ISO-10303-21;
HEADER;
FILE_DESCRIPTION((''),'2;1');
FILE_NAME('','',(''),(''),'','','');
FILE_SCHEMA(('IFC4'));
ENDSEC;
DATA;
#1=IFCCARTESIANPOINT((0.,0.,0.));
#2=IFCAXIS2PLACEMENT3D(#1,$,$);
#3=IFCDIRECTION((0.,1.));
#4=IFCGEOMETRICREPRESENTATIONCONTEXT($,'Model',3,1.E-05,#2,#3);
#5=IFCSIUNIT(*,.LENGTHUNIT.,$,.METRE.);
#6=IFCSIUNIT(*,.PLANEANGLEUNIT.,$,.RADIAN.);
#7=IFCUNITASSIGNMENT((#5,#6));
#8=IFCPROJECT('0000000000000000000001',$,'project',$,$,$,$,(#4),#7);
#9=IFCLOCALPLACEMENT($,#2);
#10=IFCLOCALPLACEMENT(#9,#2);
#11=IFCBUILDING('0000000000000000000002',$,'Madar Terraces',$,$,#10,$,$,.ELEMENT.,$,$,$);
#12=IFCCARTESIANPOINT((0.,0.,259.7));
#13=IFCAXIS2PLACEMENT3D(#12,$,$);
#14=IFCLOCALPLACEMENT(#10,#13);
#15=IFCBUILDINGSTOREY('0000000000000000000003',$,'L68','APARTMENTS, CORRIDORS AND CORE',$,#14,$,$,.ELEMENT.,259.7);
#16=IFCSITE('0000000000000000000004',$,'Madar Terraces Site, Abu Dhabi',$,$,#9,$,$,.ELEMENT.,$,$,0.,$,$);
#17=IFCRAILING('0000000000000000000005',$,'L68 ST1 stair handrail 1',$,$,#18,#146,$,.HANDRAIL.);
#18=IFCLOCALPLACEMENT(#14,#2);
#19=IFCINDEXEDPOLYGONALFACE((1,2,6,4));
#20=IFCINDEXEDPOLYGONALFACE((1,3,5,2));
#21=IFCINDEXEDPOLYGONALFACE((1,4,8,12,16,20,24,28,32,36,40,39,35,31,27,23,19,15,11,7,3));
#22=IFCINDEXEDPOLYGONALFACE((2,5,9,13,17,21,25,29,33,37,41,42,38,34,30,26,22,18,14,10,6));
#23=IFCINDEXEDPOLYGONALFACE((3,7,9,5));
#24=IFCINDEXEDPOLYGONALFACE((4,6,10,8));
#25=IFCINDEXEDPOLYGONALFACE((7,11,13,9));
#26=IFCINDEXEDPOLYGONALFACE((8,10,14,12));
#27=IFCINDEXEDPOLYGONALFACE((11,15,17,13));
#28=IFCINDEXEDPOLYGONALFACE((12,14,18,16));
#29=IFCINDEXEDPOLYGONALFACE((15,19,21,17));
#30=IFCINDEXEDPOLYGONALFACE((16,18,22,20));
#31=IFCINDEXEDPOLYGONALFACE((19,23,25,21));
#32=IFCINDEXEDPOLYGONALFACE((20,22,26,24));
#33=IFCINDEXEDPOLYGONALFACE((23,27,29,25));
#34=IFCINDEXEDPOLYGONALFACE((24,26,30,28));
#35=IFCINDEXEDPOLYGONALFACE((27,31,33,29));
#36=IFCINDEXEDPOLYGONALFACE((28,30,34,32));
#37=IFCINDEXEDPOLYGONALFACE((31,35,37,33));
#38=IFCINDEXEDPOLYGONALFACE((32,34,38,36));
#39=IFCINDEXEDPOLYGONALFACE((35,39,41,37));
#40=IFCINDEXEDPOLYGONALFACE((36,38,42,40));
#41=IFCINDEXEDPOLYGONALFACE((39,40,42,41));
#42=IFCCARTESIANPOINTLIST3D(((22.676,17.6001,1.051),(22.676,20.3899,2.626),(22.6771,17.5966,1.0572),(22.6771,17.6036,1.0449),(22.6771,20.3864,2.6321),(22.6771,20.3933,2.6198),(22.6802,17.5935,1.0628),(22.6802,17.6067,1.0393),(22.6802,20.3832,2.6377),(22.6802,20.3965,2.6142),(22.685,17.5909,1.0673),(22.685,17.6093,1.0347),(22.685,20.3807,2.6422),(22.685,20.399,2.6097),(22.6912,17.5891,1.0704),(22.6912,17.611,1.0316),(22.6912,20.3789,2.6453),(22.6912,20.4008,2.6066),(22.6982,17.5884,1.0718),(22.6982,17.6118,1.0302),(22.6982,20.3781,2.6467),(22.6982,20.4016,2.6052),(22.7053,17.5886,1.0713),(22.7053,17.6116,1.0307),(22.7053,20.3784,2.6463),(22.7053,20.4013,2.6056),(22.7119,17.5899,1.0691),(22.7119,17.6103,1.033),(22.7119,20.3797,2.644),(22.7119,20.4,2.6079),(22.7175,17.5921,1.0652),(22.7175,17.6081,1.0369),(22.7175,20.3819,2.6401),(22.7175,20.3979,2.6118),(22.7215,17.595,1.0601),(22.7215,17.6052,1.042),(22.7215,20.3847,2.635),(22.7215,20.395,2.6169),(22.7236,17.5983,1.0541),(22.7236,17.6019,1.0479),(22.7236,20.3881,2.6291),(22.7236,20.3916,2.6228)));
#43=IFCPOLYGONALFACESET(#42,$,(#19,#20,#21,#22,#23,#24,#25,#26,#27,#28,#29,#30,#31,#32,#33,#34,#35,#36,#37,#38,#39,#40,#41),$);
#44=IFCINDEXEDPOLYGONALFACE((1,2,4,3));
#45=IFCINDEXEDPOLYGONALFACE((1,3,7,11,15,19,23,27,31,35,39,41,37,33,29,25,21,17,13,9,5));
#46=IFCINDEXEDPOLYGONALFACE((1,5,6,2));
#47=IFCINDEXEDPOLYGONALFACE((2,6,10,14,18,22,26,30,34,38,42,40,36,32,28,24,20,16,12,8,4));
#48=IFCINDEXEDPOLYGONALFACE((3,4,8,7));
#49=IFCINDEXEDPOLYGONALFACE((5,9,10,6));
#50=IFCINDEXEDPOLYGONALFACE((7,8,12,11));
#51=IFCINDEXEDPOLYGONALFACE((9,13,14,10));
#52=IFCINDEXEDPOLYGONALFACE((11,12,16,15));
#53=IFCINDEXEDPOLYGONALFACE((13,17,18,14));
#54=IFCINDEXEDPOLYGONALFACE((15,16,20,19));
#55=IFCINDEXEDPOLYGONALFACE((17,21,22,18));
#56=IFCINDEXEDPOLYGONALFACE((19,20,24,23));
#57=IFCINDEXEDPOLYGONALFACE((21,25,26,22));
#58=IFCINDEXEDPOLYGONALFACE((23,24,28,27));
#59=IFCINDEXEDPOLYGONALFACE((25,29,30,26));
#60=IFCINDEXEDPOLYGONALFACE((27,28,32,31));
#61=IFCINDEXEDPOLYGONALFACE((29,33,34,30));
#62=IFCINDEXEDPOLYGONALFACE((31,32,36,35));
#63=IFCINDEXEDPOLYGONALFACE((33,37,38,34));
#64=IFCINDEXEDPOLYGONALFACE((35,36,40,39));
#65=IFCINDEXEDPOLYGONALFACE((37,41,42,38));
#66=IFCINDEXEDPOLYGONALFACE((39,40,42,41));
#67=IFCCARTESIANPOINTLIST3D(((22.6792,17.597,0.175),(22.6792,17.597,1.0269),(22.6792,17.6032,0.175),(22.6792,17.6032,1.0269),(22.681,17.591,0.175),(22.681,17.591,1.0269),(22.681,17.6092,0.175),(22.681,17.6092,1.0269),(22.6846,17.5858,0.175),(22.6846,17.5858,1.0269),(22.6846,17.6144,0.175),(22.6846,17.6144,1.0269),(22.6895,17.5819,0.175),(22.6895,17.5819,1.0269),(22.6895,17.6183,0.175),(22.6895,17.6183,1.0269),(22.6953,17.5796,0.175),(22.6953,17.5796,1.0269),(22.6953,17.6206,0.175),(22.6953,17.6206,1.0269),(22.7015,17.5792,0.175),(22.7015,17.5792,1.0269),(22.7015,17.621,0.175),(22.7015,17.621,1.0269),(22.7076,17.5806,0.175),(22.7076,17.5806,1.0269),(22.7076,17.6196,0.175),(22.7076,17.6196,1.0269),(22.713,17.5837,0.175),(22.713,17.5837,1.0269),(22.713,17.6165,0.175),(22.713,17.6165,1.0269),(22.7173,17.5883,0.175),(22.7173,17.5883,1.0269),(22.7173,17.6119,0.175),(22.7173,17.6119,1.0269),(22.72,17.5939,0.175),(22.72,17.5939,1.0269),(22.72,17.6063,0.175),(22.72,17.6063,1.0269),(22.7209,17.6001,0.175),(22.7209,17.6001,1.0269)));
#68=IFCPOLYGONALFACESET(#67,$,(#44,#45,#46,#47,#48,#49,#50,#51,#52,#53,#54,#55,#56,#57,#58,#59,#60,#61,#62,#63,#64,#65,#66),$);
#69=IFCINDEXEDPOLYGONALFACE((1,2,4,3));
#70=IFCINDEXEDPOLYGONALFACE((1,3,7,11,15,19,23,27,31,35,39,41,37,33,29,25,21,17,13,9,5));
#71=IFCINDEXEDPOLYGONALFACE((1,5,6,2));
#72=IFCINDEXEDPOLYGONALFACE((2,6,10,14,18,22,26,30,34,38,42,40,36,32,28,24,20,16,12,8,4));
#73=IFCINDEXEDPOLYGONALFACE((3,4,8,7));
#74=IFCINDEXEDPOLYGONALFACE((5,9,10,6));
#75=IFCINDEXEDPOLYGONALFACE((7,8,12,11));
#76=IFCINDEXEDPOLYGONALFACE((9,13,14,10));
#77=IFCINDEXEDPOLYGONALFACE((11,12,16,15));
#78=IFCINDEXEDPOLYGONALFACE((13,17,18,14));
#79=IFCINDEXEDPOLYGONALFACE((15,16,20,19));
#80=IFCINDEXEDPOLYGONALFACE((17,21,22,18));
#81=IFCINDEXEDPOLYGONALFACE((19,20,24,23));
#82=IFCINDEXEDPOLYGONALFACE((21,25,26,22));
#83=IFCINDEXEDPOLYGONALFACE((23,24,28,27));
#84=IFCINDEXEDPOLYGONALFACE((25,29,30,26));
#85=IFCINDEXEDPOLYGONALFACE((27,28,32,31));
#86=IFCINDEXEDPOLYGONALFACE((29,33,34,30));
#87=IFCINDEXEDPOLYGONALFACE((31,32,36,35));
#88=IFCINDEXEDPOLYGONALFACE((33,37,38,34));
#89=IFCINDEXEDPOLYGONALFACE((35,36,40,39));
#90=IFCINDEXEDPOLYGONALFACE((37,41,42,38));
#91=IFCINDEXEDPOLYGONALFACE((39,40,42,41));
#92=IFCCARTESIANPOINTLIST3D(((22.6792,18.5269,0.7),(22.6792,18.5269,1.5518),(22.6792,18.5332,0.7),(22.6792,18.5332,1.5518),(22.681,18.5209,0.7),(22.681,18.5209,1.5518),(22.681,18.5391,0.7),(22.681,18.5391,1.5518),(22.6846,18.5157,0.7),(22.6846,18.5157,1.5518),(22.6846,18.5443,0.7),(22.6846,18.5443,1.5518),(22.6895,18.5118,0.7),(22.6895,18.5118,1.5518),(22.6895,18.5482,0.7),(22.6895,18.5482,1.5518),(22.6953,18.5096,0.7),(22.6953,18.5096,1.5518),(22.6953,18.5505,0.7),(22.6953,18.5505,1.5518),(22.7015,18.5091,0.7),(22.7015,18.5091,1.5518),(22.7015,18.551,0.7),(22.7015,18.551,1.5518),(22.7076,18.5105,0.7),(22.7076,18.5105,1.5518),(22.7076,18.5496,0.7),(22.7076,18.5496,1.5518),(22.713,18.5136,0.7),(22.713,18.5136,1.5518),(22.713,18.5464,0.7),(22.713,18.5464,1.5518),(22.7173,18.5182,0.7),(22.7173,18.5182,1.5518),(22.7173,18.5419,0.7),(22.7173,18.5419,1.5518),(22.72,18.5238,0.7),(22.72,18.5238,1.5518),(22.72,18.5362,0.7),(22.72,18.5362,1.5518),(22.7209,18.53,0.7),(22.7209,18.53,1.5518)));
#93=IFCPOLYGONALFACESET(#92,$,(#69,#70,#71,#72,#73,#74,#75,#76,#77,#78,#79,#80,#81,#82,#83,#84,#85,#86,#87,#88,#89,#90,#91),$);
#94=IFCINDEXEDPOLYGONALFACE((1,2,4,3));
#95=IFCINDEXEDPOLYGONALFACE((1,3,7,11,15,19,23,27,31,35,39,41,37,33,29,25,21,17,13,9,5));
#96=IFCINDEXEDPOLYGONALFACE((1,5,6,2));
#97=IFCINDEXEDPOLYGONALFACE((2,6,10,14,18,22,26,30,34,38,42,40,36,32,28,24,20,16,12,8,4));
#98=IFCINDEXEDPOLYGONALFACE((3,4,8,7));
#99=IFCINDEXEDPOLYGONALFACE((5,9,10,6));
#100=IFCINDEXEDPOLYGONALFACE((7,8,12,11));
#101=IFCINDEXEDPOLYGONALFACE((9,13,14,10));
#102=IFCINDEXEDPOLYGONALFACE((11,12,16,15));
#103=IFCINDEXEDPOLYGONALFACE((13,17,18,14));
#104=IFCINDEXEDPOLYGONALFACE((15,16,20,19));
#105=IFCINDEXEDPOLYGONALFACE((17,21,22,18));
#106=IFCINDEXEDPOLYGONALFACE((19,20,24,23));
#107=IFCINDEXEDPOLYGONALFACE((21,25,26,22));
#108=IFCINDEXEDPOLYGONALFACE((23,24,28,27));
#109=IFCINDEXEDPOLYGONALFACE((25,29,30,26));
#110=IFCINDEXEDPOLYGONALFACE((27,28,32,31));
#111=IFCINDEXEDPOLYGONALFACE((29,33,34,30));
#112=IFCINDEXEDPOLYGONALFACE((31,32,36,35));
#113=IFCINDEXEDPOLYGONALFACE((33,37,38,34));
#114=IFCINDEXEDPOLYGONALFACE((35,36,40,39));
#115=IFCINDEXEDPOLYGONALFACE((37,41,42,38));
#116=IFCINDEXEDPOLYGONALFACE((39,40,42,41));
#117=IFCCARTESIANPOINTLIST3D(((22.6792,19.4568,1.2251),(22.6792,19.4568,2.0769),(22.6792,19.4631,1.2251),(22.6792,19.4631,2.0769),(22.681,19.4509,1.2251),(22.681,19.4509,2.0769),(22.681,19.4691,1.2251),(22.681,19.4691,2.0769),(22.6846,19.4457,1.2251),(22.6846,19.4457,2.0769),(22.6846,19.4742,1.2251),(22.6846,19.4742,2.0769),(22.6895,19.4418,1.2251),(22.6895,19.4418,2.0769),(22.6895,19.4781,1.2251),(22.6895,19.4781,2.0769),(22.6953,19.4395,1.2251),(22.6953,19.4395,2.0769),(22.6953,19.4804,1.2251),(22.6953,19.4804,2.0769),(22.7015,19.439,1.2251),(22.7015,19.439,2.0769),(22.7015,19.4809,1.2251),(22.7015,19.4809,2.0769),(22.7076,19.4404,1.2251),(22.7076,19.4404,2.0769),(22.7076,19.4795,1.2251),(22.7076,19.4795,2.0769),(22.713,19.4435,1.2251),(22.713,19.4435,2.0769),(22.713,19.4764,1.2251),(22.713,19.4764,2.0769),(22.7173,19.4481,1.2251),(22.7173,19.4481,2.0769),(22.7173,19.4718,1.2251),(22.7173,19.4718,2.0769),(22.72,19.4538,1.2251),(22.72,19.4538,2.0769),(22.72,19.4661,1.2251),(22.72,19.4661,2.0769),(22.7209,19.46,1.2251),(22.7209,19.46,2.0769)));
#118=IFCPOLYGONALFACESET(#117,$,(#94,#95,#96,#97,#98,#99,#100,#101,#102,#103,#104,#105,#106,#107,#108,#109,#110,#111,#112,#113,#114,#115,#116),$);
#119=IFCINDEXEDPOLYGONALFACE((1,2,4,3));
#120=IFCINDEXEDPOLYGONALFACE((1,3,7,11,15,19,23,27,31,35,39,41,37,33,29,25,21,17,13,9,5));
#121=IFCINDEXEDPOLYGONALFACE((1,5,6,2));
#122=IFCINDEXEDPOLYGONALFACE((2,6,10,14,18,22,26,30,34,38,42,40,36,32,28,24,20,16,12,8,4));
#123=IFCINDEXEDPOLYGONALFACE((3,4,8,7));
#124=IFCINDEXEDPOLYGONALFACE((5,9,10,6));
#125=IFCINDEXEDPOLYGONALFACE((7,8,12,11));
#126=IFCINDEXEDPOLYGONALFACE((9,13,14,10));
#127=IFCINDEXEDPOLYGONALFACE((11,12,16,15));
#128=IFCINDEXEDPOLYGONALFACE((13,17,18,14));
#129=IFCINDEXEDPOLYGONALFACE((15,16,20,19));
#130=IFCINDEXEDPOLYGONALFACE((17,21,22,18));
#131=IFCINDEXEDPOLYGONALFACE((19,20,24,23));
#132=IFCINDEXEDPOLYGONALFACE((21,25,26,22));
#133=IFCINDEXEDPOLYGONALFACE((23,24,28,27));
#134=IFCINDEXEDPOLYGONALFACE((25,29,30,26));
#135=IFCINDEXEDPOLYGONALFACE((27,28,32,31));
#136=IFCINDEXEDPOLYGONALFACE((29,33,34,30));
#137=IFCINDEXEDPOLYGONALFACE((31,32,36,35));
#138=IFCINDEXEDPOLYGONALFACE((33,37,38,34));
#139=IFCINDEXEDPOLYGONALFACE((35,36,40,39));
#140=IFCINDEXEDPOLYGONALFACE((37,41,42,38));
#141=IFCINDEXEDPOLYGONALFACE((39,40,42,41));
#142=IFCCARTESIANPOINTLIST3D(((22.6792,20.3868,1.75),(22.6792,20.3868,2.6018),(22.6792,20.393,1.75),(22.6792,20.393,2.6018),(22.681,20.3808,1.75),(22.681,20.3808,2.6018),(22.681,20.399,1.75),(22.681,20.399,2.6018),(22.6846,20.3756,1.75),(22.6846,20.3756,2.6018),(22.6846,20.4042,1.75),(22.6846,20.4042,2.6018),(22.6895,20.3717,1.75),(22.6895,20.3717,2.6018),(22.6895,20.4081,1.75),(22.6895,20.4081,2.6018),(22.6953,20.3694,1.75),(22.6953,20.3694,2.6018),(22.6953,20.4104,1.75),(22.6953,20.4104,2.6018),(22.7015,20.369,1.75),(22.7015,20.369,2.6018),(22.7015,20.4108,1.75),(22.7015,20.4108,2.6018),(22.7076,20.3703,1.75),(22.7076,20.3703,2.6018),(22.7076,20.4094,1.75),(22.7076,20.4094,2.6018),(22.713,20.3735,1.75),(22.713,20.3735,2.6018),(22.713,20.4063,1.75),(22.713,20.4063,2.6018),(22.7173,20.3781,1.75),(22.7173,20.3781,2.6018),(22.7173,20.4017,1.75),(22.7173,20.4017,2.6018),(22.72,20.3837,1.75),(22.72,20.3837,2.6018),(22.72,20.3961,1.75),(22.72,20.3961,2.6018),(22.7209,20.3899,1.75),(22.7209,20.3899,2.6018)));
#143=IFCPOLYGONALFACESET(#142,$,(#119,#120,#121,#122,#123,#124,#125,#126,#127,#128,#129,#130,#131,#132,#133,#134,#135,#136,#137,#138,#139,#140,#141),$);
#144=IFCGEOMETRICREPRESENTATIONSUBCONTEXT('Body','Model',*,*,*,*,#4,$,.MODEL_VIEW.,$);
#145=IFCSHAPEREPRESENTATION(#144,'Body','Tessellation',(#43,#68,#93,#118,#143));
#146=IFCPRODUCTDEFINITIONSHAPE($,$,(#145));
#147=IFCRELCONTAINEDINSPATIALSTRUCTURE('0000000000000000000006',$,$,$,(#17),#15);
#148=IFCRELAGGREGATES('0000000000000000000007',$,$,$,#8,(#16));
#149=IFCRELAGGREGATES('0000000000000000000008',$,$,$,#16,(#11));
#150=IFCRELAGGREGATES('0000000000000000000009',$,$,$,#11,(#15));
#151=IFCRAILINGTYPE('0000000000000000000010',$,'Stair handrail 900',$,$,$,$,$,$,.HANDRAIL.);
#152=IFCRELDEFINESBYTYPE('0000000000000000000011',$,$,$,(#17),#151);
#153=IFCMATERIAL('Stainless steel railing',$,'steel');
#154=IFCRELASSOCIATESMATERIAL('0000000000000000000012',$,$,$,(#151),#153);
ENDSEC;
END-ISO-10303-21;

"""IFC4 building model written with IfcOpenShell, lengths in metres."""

from ifc_helpers import new_model, si_unit, direction, frame, origin, origin_2d, place, context, subcontext, project, spatial, circle, extrude, material, type_object, element, save


model = new_model("IFC4")

# Units and contexts
model_context = context("Model", 3, precision=1e-05, world=origin(), true_north=direction((0.0, 1.0)))
body_context = subcontext(model_context, "Body", "Model", "MODEL_VIEW")
ifc_project = project(units=[si_unit("LENGTHUNIT", "METRE"), si_unit("PLANEANGLEUNIT", "RADIAN")], contexts=[model_context])

# Site, building, storey
site_placement = place(None, origin())
site = spatial("IfcSite", under=ifc_project, at=site_placement, Name="Madar Terraces Site, Abu Dhabi", CompositionType="ELEMENT", RefElevation=0.0)
building_placement = place(site_placement, origin())
building = spatial("IfcBuilding", under=site, at=building_placement, Name="Madar Terraces", CompositionType="ELEMENT")
storey_placement = place(building_placement, frame((0.0, 0.0, 259.7)))
storey = spatial("IfcBuildingStorey", under=building, at=storey_placement, Name="L68", Description="APARTMENTS, CORRIDORS AND CORE", CompositionType="ELEMENT", Elevation=259.7)

# Railing
ifc_material_1 = material(Name="Stainless steel railing", Category="steel")
railing_type_1 = type_object("IfcRailingType", Name="Stair handrail 900", PredefinedType="HANDRAIL", material=ifc_material_1)
railing_placement = place(storey_placement, frame((22.7, 17.6001, 0.175)))
element("IfcRailing", 1, at=railing_placement, inside=storey, type_object=railing_type_1, Name="L68 ST1 stair handrail 1", PredefinedType="HANDRAIL", context=body_context, shape_type="SweptSolid", body=[
    extrude(circle(Radius=0.0239, at=origin_2d()), frame((0.0, 0.0, 0.876), z_axis=(0.0, 0.870815, 0.49161), x_axis=(-1.0, 0.0, 0.0)), (0.0, 0.0, 1.0), 3.2036),
    extrude(circle(Radius=0.021, at=origin_2d()), origin(), (0.0, 0.0, 1.0), 0.8518),
    extrude(circle(Radius=0.021, at=origin_2d()), frame((0.0, 0.9299, 0.5249)), (0.0, 0.0, 1.0), 0.8518),
    extrude(circle(Radius=0.021, at=origin_2d()), frame((0.0, 1.8599, 1.05)), (0.0, 0.0, 1.0), 0.8518),
    extrude(circle(Radius=0.021, at=origin_2d()), frame((0.0, 2.7898, 1.575)), (0.0, 0.0, 1.0), 0.8518),
])

save(model, "model.ifc")
